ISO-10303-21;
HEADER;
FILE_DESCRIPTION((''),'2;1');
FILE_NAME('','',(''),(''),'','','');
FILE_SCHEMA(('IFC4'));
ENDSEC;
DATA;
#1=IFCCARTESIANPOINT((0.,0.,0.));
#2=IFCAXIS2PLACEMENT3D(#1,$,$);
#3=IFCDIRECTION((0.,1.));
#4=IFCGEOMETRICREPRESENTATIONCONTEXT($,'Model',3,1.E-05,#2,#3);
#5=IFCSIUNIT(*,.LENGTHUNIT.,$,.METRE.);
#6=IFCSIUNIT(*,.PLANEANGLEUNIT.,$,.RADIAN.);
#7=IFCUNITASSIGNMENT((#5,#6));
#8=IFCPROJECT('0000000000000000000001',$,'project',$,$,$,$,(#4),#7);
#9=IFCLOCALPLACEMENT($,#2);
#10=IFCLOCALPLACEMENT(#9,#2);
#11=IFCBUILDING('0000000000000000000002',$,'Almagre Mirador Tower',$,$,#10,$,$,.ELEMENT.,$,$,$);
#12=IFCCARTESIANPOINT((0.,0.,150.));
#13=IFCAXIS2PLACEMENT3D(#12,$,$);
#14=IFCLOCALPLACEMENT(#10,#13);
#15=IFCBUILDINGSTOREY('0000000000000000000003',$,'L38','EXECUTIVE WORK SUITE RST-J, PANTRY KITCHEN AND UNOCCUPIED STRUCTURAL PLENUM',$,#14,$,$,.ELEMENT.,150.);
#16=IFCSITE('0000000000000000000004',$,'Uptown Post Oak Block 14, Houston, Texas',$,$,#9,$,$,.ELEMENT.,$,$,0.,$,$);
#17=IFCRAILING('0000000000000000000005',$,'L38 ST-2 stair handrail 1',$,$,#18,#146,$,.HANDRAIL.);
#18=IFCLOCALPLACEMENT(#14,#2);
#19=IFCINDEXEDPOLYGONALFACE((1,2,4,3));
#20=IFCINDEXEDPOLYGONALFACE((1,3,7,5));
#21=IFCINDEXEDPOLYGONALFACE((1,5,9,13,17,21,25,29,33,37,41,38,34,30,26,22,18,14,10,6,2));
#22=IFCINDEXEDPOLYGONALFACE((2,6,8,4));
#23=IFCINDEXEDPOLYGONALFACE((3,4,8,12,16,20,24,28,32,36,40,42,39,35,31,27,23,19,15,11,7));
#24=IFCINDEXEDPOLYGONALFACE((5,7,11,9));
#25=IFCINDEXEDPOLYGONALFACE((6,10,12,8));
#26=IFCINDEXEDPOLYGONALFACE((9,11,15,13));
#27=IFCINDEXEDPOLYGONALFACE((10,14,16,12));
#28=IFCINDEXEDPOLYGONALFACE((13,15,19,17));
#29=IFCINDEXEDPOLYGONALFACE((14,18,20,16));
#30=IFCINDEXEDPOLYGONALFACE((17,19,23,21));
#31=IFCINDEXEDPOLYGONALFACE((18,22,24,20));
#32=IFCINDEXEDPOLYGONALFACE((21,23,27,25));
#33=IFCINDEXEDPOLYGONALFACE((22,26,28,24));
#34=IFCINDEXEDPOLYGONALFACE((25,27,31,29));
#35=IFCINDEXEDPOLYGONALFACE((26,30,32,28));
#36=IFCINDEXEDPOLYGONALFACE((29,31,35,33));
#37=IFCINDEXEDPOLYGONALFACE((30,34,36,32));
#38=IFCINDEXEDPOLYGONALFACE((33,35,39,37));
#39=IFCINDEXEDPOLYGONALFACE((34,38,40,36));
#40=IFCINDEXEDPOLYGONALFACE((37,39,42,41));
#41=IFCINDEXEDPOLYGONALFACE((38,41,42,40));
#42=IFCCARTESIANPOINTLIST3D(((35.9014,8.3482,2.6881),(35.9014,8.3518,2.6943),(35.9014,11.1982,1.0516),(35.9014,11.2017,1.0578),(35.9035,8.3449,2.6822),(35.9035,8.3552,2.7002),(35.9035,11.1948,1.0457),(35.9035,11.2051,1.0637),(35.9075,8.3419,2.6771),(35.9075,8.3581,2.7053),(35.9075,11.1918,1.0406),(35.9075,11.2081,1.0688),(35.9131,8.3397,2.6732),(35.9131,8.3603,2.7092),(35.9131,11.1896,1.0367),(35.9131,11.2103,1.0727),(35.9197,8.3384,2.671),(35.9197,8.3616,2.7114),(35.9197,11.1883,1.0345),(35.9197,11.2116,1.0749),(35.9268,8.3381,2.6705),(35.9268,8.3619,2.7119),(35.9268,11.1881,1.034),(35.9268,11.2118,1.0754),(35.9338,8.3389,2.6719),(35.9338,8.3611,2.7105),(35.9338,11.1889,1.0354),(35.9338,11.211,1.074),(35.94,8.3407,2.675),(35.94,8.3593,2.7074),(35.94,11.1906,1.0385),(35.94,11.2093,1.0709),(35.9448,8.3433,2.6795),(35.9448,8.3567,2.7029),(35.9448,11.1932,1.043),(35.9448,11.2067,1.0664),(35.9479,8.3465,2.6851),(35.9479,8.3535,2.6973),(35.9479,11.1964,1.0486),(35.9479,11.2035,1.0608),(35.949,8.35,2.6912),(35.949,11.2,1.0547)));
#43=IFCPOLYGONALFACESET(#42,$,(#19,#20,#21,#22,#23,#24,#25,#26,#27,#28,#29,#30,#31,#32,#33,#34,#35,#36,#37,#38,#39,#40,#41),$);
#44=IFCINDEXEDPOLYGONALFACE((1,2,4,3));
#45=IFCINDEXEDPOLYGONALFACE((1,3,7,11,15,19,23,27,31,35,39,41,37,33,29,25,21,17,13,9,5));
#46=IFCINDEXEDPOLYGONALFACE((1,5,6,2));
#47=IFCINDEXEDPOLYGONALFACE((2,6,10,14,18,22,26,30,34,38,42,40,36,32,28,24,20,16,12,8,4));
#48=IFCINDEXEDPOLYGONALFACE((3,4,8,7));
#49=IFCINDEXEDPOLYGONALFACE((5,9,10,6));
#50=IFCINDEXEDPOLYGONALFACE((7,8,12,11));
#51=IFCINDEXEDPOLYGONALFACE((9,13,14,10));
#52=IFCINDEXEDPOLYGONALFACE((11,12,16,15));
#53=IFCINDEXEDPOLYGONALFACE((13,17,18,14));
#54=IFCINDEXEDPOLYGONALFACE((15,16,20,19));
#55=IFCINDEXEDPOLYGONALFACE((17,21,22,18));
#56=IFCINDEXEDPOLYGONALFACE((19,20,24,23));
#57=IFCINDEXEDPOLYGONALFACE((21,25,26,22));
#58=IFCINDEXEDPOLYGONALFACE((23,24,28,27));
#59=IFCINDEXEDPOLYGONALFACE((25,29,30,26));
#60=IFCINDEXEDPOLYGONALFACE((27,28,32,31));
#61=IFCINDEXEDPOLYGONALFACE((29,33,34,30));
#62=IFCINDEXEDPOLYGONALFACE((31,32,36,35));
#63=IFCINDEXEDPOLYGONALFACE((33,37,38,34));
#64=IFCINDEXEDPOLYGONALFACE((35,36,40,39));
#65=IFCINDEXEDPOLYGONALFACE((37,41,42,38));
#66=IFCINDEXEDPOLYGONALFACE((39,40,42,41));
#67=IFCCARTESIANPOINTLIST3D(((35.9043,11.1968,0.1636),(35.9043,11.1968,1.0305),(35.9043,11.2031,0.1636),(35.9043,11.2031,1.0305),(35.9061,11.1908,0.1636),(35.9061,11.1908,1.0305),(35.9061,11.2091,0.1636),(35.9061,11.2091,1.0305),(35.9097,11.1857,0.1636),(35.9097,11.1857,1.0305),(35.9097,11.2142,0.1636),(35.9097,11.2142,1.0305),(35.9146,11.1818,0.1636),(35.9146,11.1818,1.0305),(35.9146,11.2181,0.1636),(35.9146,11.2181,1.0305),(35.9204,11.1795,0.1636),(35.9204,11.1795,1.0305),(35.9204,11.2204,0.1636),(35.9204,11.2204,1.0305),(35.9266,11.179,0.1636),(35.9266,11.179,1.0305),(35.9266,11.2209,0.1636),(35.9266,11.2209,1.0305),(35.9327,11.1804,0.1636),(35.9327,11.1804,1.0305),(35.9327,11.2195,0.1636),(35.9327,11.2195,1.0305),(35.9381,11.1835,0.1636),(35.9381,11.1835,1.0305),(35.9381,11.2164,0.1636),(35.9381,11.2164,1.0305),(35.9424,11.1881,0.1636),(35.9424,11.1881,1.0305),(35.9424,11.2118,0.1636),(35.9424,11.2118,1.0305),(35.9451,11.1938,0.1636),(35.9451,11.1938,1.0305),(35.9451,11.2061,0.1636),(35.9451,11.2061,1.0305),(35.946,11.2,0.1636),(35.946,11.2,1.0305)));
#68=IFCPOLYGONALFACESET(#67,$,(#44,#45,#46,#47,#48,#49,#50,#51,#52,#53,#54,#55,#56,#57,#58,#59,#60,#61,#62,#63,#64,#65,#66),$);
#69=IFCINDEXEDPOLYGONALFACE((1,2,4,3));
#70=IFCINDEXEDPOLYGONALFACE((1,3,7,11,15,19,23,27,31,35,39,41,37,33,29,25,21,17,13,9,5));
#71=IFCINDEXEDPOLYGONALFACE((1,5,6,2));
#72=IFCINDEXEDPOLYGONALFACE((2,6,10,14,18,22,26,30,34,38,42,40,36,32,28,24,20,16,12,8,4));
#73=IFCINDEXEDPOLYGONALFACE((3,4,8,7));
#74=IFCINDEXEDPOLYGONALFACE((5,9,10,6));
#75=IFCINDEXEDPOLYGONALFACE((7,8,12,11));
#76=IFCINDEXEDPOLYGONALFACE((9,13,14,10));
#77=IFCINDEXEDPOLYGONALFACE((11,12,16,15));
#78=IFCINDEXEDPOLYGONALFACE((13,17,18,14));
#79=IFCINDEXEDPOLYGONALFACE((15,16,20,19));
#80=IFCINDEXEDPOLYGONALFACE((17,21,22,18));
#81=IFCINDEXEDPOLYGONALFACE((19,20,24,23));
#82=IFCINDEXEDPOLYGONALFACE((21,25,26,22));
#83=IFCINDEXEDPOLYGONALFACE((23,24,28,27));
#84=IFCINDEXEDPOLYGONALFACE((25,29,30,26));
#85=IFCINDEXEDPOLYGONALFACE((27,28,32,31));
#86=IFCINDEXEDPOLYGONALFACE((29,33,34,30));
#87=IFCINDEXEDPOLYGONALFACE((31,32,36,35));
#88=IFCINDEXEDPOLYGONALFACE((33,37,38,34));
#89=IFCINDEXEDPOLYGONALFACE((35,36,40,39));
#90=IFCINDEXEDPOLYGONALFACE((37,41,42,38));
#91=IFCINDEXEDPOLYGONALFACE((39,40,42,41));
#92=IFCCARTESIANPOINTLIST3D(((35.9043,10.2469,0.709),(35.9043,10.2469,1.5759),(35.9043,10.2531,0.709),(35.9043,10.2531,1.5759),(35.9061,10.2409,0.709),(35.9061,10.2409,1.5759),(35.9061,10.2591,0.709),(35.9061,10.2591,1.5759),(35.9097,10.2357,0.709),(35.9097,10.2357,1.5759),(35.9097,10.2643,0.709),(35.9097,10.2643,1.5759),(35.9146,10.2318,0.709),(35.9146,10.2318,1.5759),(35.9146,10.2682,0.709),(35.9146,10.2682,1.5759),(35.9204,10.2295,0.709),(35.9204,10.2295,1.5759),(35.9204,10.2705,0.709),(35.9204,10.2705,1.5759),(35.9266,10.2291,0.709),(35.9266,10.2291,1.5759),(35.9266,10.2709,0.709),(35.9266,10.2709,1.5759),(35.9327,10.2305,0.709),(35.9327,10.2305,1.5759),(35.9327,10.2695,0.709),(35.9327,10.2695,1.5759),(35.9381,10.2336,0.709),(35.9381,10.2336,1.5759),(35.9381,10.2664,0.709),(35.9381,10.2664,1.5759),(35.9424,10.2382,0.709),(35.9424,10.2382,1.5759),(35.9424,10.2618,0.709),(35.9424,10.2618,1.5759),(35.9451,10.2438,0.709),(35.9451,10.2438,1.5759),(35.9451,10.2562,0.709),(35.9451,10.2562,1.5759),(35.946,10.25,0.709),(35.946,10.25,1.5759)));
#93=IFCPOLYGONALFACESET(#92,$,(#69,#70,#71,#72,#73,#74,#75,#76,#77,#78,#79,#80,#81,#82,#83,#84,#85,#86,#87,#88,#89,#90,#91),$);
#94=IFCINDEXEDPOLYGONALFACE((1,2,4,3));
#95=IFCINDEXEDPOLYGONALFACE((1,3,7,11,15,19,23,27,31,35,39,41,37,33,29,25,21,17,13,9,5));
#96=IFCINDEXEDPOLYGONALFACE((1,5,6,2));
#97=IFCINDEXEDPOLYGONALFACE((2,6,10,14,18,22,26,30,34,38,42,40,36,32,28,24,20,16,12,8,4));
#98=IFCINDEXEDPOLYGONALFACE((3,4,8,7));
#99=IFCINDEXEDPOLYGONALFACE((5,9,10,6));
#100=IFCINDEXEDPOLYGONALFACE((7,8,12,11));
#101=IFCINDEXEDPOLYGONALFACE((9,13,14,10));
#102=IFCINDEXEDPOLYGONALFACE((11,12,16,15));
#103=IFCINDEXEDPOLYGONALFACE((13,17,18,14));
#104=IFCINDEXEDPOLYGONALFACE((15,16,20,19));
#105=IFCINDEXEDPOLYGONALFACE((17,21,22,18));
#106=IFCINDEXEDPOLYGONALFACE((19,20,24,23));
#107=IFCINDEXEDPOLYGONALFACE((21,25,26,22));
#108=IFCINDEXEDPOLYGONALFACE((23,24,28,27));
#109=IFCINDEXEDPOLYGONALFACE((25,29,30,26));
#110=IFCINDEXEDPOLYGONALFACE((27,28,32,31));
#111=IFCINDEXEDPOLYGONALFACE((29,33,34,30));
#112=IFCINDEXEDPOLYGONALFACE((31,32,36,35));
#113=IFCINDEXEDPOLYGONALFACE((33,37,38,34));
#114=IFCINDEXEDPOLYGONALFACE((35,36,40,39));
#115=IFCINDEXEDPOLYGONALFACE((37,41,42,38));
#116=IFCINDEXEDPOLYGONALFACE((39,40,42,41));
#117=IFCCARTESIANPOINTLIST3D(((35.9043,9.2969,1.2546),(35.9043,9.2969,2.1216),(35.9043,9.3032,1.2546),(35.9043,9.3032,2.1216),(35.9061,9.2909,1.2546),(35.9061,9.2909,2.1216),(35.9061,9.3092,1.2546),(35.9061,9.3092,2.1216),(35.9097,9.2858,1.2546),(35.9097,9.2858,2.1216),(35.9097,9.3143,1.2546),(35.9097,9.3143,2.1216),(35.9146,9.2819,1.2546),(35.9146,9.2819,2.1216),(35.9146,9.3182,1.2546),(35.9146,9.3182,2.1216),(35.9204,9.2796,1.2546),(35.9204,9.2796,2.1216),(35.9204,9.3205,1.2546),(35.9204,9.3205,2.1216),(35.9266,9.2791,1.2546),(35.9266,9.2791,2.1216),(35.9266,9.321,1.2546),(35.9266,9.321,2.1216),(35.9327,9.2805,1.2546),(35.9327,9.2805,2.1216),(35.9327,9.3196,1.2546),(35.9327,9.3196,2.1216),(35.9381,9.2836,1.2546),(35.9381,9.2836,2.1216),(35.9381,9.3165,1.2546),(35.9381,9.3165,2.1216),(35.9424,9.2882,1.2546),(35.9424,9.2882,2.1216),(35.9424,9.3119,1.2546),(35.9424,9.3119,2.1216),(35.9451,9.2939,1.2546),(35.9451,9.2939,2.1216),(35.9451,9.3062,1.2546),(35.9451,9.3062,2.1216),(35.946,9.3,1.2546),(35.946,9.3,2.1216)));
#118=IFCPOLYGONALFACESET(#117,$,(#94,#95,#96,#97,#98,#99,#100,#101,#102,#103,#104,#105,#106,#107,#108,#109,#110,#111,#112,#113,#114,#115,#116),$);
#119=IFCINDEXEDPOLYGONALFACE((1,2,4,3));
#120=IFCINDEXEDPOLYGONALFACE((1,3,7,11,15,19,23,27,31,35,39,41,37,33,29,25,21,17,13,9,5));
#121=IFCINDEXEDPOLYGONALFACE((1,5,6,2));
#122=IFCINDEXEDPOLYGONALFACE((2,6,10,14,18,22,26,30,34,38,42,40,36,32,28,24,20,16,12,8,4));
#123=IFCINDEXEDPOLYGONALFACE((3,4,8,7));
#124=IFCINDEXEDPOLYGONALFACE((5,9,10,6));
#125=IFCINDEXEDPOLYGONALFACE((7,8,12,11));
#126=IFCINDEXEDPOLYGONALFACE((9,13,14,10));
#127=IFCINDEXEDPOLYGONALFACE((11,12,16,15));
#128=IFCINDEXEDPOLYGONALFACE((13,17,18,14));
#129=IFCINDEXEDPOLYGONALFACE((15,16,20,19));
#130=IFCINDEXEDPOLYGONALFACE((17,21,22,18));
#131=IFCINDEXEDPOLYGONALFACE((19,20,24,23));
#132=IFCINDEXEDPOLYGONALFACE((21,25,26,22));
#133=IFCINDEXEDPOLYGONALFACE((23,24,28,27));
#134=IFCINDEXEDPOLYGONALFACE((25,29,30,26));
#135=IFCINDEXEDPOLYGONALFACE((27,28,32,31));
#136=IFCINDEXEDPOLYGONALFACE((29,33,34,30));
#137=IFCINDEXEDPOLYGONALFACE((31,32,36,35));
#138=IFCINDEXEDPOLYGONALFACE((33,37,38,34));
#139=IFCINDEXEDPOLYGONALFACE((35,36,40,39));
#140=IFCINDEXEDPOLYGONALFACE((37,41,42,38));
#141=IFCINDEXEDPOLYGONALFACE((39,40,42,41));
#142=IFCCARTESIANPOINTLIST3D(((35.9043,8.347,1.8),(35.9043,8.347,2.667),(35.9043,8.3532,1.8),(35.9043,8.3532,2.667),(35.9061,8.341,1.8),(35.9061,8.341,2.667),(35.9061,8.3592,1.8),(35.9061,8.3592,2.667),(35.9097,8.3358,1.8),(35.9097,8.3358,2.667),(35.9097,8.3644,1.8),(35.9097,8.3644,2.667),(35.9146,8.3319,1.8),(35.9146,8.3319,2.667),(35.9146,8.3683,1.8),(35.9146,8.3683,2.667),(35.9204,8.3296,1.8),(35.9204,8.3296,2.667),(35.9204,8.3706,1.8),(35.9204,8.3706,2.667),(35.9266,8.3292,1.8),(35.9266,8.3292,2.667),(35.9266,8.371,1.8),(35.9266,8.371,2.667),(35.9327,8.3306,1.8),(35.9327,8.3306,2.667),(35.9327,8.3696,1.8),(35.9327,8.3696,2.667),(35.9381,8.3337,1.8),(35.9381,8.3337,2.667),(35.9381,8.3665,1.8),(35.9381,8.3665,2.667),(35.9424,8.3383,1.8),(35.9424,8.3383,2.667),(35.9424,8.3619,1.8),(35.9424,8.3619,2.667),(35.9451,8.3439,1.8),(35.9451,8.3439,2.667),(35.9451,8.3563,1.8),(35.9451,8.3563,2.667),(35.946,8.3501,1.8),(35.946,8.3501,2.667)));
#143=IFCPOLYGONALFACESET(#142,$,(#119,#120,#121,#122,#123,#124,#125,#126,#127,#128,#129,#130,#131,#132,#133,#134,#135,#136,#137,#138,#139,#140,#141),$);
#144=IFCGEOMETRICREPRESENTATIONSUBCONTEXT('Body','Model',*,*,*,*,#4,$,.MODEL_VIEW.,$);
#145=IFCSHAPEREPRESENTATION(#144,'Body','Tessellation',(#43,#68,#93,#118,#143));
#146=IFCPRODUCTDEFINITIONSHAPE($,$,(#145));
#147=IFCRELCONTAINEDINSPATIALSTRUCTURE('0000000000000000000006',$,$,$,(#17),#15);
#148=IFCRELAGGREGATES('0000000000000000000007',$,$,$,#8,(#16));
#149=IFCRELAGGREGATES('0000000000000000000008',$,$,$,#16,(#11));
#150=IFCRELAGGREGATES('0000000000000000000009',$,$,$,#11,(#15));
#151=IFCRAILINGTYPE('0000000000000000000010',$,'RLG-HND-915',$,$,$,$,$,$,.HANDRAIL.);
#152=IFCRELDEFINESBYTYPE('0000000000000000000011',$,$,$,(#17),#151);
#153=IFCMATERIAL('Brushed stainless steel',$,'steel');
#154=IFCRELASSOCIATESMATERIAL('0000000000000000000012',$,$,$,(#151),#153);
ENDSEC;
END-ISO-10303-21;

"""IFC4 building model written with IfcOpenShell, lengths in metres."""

from ifc_helpers import new_model, si_unit, direction, frame, origin, origin_2d, place, context, subcontext, project, spatial, circle, extrude, material, type_object, element, save


model = new_model("IFC4")

# Units and contexts
model_context = context("Model", 3, precision=1e-05, world=origin(), true_north=direction((0.0, 1.0)))
body_context = subcontext(model_context, "Body", "Model", "MODEL_VIEW")
ifc_project = project(units=[si_unit("LENGTHUNIT", "METRE"), si_unit("PLANEANGLEUNIT", "RADIAN")], contexts=[model_context])

# Site, building, storey
site_placement = place(None, origin())
site = spatial("IfcSite", under=ifc_project, at=site_placement, Name="Uptown Post Oak Block 14, Houston, Texas", CompositionType="ELEMENT", RefElevation=0.0)
building_placement = place(site_placement, origin())
building = spatial("IfcBuilding", under=site, at=building_placement, Name="Almagre Mirador Tower", CompositionType="ELEMENT")
storey_placement = place(building_placement, frame((0.0, 0.0, 150.0)))
storey = spatial("IfcBuildingStorey", under=building, at=storey_placement, Name="L38", Description="EXECUTIVE WORK SUITE RST-J, PANTRY KITCHEN AND UNOCCUPIED STRUCTURAL PLENUM", CompositionType="ELEMENT", Elevation=150.0)

# Railing
ifc_material_1 = material(Name="Brushed stainless steel", Category="steel")
railing_type_1 = type_object("IfcRailingType", Name="RLG-HND-915", PredefinedType="HANDRAIL", material=ifc_material_1)
railing_1_placement = place(storey_placement, frame((35.925, 11.2, 0.1636)))
element("IfcRailing", 1, at=railing_1_placement, inside=storey, type_object=railing_type_1, Name="L38 ST-2 stair handrail 1", PredefinedType="HANDRAIL", context=body_context, shape_type="SweptSolid", body=[
    extrude(circle(Radius=0.0239, at=origin_2d()), frame((0.0, 0.0, 0.8911), z_axis=(0.0, -0.867194, 0.49797), x_axis=(1.0, 0.0, 0.0)), (0.0, 0.0, 1.0), 3.2864),
    extrude(circle(Radius=0.021, at=origin_2d()), origin(), (0.0, 0.0, 1.0), 0.8669),
    extrude(circle(Radius=0.021, at=origin_2d()), frame((0.0, -0.95, 0.5454)), (0.0, 0.0, 1.0), 0.8669),
    extrude(circle(Radius=0.021, at=origin_2d()), frame((0.0, -1.8999, 1.0911)), (0.0, 0.0, 1.0), 0.8669),
    extrude(circle(Radius=0.021, at=origin_2d()), frame((0.0, -2.8499, 1.6365)), (0.0, 0.0, 1.0), 0.8669),
])

save(model, "model.ifc")
